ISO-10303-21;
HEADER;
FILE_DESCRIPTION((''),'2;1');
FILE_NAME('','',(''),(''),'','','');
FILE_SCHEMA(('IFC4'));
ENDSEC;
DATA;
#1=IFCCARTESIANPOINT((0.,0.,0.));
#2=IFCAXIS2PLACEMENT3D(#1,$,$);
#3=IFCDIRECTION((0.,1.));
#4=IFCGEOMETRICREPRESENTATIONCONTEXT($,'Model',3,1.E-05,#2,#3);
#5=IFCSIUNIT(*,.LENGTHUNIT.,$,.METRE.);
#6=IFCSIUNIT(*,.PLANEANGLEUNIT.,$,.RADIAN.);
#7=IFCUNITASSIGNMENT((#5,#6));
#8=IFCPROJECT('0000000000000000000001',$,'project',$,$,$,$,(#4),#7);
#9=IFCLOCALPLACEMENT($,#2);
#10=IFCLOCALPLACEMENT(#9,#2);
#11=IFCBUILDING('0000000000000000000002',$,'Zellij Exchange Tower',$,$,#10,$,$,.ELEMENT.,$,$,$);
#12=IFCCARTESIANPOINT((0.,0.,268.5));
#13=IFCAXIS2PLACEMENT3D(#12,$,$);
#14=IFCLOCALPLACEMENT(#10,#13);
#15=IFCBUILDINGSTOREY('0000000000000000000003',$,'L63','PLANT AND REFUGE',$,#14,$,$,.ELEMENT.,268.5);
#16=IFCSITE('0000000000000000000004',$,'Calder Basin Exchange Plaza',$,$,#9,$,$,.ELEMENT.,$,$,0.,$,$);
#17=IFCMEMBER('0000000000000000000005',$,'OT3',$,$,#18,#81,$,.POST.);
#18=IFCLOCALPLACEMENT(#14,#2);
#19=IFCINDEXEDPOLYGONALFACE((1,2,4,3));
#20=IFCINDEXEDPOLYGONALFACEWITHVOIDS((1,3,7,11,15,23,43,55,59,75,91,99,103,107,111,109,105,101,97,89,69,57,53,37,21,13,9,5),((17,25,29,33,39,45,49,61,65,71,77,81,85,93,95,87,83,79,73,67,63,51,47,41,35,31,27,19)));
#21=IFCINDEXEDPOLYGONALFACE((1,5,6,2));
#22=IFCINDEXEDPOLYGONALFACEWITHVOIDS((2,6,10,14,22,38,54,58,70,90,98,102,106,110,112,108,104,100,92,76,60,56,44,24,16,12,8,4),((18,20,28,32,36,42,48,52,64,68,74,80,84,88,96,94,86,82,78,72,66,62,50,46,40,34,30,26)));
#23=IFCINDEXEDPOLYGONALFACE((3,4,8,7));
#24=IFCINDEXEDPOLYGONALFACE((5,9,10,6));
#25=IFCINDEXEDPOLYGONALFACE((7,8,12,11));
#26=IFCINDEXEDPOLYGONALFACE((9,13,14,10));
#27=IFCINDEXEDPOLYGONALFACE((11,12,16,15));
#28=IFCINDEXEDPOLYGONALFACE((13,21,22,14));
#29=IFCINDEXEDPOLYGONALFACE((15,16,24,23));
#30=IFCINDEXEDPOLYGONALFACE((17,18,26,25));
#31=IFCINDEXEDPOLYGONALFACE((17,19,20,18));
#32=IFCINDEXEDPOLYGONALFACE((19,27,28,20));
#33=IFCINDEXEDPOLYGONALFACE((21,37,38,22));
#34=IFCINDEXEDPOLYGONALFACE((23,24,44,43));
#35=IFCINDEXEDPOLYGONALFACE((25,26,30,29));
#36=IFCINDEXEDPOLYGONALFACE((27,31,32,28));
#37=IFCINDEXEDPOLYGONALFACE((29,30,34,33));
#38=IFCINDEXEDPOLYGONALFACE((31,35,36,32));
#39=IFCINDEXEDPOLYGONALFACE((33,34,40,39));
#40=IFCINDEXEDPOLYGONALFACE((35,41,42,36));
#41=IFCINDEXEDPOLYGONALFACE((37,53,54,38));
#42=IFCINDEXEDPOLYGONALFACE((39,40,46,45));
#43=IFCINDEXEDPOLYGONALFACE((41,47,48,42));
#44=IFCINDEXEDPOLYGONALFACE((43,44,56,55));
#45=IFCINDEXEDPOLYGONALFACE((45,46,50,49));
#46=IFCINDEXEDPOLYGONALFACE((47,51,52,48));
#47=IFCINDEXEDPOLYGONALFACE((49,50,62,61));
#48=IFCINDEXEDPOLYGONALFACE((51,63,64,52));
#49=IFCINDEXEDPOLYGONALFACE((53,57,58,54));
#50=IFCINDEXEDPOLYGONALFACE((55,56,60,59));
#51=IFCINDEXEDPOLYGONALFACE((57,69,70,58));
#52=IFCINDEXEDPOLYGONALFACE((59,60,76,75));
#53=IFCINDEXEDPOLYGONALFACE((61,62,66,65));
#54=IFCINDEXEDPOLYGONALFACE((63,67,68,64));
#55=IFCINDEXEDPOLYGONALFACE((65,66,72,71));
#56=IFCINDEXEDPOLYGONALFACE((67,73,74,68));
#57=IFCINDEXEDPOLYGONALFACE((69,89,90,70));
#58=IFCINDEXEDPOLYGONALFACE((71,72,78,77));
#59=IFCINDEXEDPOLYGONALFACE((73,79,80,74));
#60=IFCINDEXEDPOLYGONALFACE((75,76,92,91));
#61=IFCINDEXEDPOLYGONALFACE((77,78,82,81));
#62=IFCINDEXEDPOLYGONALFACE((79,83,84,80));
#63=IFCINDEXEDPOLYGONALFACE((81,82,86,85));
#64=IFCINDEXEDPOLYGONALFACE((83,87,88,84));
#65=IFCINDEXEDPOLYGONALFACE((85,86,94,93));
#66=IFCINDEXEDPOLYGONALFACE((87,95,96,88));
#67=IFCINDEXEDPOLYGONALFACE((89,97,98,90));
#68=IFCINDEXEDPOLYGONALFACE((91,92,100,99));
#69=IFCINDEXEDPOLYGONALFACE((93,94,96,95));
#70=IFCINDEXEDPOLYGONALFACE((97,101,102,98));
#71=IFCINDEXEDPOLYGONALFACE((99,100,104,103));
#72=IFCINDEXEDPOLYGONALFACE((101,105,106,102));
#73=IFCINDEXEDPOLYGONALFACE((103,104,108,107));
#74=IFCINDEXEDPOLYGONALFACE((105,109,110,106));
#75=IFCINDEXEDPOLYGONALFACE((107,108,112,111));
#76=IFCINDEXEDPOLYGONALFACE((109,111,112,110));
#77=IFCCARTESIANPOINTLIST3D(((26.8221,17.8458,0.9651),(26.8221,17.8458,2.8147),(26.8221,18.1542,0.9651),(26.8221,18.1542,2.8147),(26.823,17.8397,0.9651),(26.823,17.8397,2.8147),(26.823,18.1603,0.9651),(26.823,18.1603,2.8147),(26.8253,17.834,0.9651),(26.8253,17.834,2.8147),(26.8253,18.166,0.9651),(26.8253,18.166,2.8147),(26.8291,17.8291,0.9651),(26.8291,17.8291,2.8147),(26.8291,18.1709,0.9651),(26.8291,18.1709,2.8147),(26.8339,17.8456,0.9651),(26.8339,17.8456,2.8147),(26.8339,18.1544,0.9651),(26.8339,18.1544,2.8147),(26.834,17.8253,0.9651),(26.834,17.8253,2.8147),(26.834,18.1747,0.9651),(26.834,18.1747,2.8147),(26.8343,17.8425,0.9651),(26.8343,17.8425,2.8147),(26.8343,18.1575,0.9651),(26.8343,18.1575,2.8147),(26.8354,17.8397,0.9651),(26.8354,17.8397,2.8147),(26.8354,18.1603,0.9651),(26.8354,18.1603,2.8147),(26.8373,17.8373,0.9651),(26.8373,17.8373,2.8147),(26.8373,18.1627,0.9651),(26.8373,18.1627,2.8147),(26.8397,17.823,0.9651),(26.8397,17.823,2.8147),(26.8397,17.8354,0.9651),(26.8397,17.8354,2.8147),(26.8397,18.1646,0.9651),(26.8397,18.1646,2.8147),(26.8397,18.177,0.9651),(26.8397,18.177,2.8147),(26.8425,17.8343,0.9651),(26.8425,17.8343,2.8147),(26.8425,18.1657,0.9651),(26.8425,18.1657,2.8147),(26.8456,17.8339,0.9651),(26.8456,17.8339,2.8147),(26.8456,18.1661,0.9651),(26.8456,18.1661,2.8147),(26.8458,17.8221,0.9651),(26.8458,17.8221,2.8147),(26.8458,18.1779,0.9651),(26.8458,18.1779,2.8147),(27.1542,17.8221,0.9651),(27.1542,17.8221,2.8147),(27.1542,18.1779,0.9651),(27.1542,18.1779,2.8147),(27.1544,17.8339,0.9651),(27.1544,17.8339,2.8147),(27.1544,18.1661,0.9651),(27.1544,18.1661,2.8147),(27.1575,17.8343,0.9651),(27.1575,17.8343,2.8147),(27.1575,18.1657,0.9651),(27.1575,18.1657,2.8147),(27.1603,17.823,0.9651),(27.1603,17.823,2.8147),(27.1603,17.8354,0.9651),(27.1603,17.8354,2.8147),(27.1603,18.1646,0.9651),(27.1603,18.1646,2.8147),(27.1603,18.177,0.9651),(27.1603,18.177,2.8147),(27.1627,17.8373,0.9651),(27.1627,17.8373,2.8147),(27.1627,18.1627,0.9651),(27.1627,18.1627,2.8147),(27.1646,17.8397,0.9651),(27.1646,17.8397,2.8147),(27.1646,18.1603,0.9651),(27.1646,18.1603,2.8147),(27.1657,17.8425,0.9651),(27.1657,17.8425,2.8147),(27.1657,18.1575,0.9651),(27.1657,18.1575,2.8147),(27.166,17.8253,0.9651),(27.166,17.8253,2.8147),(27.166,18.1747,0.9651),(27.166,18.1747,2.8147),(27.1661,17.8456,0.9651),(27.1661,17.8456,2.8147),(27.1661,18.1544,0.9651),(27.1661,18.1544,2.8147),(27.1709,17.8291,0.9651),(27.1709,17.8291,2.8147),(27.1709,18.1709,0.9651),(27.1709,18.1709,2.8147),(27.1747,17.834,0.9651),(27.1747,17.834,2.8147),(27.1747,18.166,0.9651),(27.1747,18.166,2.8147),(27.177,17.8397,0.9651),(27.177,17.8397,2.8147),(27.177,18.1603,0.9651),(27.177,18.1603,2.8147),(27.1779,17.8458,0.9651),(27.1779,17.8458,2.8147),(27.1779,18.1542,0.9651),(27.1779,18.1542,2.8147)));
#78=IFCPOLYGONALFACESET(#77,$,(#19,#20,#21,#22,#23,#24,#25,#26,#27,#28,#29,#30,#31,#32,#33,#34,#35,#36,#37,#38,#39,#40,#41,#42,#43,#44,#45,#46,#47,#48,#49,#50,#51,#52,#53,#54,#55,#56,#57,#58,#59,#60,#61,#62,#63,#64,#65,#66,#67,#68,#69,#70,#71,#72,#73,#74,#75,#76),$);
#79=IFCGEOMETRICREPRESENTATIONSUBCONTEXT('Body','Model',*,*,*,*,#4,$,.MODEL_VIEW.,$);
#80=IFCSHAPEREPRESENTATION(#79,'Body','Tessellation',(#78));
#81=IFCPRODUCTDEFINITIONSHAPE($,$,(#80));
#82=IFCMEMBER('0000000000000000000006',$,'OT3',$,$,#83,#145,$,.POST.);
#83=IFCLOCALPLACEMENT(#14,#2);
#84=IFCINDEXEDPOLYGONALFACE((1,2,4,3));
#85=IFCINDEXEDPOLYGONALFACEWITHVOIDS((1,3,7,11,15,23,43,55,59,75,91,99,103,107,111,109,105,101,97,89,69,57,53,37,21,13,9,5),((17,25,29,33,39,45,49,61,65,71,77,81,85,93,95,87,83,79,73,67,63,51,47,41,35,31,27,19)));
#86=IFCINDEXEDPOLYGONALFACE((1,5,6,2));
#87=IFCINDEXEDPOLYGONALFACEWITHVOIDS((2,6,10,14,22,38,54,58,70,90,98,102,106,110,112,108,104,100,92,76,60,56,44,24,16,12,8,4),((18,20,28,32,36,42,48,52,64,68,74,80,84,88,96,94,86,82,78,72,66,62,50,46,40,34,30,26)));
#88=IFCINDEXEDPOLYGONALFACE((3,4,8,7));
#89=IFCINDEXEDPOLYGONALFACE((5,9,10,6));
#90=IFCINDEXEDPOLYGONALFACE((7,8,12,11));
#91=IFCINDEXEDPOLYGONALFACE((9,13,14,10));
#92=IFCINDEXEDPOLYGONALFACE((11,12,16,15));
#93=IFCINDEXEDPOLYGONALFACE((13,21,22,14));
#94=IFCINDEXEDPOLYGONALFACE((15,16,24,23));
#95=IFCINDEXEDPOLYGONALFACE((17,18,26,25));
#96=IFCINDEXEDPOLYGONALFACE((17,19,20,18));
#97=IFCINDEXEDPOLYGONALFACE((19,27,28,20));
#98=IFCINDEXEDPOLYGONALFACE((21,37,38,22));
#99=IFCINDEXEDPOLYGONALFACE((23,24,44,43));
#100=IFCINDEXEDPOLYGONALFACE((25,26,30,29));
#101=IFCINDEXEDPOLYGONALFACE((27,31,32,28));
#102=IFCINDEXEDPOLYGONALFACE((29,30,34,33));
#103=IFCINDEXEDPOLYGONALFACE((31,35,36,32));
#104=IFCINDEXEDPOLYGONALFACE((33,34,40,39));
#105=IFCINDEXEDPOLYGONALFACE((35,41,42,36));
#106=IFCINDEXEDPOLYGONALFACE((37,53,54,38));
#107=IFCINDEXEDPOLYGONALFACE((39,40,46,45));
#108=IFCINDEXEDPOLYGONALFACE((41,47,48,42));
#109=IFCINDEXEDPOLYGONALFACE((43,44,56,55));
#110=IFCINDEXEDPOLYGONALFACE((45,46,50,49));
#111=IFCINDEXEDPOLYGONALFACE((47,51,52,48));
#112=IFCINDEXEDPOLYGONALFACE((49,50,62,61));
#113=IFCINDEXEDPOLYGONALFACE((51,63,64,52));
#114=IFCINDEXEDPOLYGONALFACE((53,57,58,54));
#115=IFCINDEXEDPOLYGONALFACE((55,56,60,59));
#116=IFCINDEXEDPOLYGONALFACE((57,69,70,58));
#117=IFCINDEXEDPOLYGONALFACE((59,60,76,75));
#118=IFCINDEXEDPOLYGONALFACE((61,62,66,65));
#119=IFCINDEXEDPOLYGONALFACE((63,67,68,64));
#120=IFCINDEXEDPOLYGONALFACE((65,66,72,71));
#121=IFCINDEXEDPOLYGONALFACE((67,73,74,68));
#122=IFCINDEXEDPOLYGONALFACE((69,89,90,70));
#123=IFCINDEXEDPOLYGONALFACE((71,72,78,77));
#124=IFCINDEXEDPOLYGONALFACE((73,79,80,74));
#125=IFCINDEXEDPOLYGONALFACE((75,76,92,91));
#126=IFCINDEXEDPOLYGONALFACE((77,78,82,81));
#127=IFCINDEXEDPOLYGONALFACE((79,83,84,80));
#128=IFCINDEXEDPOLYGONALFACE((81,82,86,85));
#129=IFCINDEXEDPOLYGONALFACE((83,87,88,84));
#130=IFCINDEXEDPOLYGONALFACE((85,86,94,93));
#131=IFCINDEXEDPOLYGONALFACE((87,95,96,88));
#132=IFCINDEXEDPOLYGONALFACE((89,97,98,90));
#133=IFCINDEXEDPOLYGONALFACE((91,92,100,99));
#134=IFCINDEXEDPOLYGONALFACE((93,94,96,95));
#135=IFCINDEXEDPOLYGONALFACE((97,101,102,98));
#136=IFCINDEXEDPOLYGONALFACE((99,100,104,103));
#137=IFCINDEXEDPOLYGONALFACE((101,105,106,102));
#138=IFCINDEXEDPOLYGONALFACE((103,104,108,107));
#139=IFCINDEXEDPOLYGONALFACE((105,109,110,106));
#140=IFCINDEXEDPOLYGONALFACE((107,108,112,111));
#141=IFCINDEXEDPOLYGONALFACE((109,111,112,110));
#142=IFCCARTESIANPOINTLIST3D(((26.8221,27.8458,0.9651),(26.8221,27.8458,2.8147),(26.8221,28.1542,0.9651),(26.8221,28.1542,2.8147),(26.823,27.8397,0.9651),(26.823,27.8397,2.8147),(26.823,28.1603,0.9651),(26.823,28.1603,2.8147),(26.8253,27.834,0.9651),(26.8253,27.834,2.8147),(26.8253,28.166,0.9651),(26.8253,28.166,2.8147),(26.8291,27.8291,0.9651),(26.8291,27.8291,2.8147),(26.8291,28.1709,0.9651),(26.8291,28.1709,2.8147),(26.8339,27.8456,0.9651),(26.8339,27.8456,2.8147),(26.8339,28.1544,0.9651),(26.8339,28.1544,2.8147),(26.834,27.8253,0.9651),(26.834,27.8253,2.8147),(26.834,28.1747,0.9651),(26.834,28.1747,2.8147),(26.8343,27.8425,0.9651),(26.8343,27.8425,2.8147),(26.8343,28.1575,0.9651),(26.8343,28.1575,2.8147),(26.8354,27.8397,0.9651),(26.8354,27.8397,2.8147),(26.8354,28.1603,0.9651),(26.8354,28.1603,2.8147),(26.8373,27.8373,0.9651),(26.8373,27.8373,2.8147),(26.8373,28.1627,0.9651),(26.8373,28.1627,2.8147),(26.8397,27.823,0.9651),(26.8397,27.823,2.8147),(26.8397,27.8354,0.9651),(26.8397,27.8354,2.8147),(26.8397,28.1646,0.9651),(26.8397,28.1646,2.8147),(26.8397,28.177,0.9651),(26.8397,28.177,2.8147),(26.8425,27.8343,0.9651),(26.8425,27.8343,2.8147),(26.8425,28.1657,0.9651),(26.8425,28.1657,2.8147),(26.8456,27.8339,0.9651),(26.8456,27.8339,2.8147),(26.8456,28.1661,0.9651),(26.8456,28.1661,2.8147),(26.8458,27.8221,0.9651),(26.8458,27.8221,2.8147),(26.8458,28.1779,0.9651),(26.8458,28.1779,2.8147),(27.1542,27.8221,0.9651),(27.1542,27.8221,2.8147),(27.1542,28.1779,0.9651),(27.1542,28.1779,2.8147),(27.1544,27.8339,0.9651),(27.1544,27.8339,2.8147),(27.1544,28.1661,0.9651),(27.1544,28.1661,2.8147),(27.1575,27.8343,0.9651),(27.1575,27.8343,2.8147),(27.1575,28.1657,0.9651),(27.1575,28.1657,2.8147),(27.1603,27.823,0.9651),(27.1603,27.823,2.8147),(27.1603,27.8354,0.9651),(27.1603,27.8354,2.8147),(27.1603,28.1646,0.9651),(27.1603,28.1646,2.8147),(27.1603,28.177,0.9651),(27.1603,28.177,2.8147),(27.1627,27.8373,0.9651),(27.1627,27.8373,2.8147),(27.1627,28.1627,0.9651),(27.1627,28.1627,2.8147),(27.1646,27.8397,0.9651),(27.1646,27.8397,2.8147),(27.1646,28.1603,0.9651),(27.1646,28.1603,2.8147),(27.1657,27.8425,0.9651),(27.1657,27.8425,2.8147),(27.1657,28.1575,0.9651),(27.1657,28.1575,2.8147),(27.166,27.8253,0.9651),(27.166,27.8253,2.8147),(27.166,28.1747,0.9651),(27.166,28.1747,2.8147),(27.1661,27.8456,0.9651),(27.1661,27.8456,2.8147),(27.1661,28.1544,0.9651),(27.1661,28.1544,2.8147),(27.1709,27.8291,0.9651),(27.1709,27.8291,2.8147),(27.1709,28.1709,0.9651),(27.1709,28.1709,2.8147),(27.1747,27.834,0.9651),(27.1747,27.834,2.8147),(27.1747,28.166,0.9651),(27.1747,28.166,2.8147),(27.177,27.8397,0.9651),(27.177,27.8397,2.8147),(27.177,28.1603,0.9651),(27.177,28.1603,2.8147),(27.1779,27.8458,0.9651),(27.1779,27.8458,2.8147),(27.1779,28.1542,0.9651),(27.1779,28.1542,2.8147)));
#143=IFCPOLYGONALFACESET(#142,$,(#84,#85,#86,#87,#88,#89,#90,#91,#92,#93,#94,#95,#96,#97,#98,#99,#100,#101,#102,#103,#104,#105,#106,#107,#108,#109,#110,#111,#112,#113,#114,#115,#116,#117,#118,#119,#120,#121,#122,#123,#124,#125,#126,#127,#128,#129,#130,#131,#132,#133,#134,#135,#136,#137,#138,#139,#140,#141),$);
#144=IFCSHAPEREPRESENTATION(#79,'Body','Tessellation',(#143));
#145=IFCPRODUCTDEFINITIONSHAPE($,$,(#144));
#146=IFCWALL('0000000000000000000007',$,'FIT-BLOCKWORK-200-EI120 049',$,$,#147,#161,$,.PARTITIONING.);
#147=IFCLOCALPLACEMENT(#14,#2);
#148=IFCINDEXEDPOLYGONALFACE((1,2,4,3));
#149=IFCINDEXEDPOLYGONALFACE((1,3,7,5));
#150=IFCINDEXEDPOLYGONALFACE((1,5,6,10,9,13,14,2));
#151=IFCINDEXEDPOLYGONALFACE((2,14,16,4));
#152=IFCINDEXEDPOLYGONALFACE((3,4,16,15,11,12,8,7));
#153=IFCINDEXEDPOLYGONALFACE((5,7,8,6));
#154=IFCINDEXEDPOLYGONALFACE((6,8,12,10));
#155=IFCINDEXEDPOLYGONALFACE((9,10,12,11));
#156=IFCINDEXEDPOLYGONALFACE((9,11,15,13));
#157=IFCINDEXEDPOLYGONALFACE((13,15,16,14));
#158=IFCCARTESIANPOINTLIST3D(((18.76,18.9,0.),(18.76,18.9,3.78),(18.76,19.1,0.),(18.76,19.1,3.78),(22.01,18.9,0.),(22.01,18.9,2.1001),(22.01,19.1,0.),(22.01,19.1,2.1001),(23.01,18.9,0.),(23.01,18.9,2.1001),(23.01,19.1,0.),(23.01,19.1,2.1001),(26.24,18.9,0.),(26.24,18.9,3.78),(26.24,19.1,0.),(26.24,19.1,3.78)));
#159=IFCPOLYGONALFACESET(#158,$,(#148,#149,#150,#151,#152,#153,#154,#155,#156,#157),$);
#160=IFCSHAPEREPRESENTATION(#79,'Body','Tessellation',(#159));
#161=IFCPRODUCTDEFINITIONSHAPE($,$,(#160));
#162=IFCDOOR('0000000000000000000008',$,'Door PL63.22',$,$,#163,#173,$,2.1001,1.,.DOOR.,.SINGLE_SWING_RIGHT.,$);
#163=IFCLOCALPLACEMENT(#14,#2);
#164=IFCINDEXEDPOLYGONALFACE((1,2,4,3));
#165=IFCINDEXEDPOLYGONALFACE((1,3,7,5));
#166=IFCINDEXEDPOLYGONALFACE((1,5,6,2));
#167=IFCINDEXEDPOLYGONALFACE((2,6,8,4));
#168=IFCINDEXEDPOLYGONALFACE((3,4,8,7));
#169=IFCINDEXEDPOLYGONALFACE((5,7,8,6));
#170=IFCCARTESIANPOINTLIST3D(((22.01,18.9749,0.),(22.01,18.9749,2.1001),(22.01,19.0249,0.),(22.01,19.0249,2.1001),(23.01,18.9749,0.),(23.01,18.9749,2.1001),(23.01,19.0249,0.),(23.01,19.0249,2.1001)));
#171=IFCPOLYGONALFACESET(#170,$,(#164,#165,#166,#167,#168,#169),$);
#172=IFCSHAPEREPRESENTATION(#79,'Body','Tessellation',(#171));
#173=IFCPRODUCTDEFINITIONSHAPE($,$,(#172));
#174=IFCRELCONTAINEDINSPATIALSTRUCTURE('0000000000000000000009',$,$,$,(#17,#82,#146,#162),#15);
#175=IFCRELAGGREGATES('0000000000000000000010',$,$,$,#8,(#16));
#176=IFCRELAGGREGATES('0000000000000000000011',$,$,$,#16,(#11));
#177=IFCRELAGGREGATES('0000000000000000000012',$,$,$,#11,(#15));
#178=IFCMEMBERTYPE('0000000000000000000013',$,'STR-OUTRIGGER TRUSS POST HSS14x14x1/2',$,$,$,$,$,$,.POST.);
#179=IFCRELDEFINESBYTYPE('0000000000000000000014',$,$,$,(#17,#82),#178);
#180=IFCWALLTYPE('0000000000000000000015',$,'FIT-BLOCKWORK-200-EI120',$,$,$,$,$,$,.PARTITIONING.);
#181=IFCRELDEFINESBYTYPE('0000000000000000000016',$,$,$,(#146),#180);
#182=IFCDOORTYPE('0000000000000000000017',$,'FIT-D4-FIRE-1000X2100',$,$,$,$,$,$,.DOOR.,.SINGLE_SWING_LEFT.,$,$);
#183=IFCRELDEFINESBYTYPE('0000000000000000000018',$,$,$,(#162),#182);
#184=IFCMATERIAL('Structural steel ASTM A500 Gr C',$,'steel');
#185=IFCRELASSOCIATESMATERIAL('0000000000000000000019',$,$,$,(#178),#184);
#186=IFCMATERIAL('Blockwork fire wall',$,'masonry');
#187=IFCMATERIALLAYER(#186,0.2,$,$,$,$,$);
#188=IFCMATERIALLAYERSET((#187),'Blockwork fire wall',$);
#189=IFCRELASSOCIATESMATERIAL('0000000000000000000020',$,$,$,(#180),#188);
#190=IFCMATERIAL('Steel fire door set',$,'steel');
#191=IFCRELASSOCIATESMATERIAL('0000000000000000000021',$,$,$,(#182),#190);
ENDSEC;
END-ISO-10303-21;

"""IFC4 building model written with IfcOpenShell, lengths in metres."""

from ifc_helpers import new_model, si_unit, direction, frame, frame_2d, origin, origin_2d, place, context, subcontext, project, spatial, rectangle, hollow_rectangle, extrude, material, layer, layer_set, material_profile, profile_set, type_object, element, fill, save


model = new_model("IFC4")

# Units and contexts
model_context = context("Model", 3, precision=1e-05, world=origin(), true_north=direction((0.0, 1.0)))
body_context = subcontext(model_context, "Body", "Model", "MODEL_VIEW")
ifc_project = project(units=[si_unit("LENGTHUNIT", "METRE"), si_unit("PLANEANGLEUNIT", "RADIAN")], contexts=[model_context])

# Site, building, storey
site_placement = place(None, origin())
site = spatial("IfcSite", under=ifc_project, at=site_placement, Name="Calder Basin Exchange Plaza", CompositionType="ELEMENT", RefElevation=0.0)
building_placement = place(site_placement, origin())
building = spatial("IfcBuilding", under=site, at=building_placement, Name="Zellij Exchange Tower", CompositionType="ELEMENT")
storey_placement = place(building_placement, frame((0.0, 0.0, 268.5)))
storey = spatial("IfcBuildingStorey", under=building, at=storey_placement, Name="L63", Description="PLANT AND REFUGE", CompositionType="ELEMENT", Elevation=268.5)

# Members
ifc_material_1 = material(Name="Structural steel ASTM A500 Gr C", Category="steel")
ifc_material_profile_1 = material_profile(ifc_material_1, hollow_rectangle(XDim=0.3557, YDim=0.3557, WallThickness=0.0117, InnerFilletRadius=0.0117, OuterFilletRadius=0.0237, at=origin_2d()), Name="STR-OUTRIGGER TRUSS POST HSS14x14x1/2")
ifc_profile_set_1 = profile_set([ifc_material_profile_1], Name="Structural steel ASTM A500 Gr C")
member_type_1 = type_object("IfcMemberType", Name="STR-OUTRIGGER TRUSS POST HSS14x14x1/2", PredefinedType="POST", material=ifc_profile_set_1)
for number, where, z_axis, x_axis, name in (
    (1, (27.0, 18.0, 0.9651), (0.0, 0.0, 1.0), (1.0, 0.0, 0.0), "OT3"),
    (2, (27.0, 28.0, 0.9651), (0.0, 0.0, 1.0), (1.0, 0.0, 0.0), "OT3"),
):
    element("IfcMember", number, at=place(storey_placement, frame(where, z_axis=z_axis, x_axis=x_axis)), inside=storey, type_object=member_type_1, Name=name, PredefinedType="POST", context=body_context, shape_type="SweptSolid", body=[
        extrude(hollow_rectangle(XDim=0.3557, YDim=0.3557, WallThickness=0.0117, InnerFilletRadius=0.0117, OuterFilletRadius=0.0237, at=origin_2d()), origin(), (0.0, 0.0, 1.0), 1.8496),
    ])

# Wall, opening, door
ifc_material_2 = material(Name="Blockwork fire wall", Category="masonry")
ifc_layer_1 = layer(ifc_material_2, 0.2)
ifc_layer_set_1 = layer_set([ifc_layer_1], Name="Blockwork fire wall")
wall_type_1 = type_object("IfcWallType", Name="FIT-BLOCKWORK-200-EI120", PredefinedType="PARTITIONING", material=ifc_layer_set_1)
wall_1_placement = place(storey_placement, frame((18.76, 19.0, 0.0), z_axis=(0.0, 0.0, 1.0), x_axis=(1.0, 0.0, 0.0)))
wall_1 = element("IfcWall", 3, at=wall_1_placement, inside=storey, type_object=wall_type_1, Name="FIT-BLOCKWORK-200-EI120 049", PredefinedType="PARTITIONING", context=body_context, shape_type="SweptSolid", body=[
    extrude(rectangle(XDim=7.48, YDim=0.2, at=frame_2d((3.74, 0.0))), origin(), (0.0, 0.0, 1.0), 3.78),
])
opening_1_placement = place(wall_1_placement, frame((3.25, 0.0, 0.0)))
opening_1 = element("IfcOpeningElement", 4, at=opening_1_placement, cuts=wall_1, PredefinedType="OPENING", context=body_context, shape_type="SweptSolid", body=[
    extrude(rectangle(XDim=1.0, YDim=2.1001, at=frame_2d((0.5, 1.05))), frame((0.0, 0.1118, 0.0), z_axis=(0.0, -1.0, 0.0), x_axis=(1.0, 0.0, 0.0)), (0.0, 0.0, 1.0), 0.2239),
])
ifc_material_3 = material(Name="Steel fire door set", Category="steel")
door_type = type_object("IfcDoorType", Name="FIT-D4-FIRE-1000X2100", OperationType="SINGLE_SWING_LEFT", PredefinedType="DOOR", material=ifc_material_3)
door_1_placement = place(opening_1_placement, origin())
door_1 = element("IfcDoor", 5, at=door_1_placement, inside=storey, type_object=door_type, Name="Door PL63.22", OperationType="SINGLE_SWING_RIGHT", OverallHeight=2.1001, OverallWidth=1.0, PredefinedType="DOOR", context=body_context, shape_type="SweptSolid", body=[
    extrude(rectangle(XDim=1.0, YDim=2.1001, at=frame_2d((0.5, 1.05))), frame((0.0, 0.0249, 0.0), z_axis=(0.0, -1.0, 0.0), x_axis=(1.0, 0.0, 0.0)), (0.0, 0.0, 1.0), 0.05),
])
fill(opening_1, door_1)

save(model, "model.ifc")
